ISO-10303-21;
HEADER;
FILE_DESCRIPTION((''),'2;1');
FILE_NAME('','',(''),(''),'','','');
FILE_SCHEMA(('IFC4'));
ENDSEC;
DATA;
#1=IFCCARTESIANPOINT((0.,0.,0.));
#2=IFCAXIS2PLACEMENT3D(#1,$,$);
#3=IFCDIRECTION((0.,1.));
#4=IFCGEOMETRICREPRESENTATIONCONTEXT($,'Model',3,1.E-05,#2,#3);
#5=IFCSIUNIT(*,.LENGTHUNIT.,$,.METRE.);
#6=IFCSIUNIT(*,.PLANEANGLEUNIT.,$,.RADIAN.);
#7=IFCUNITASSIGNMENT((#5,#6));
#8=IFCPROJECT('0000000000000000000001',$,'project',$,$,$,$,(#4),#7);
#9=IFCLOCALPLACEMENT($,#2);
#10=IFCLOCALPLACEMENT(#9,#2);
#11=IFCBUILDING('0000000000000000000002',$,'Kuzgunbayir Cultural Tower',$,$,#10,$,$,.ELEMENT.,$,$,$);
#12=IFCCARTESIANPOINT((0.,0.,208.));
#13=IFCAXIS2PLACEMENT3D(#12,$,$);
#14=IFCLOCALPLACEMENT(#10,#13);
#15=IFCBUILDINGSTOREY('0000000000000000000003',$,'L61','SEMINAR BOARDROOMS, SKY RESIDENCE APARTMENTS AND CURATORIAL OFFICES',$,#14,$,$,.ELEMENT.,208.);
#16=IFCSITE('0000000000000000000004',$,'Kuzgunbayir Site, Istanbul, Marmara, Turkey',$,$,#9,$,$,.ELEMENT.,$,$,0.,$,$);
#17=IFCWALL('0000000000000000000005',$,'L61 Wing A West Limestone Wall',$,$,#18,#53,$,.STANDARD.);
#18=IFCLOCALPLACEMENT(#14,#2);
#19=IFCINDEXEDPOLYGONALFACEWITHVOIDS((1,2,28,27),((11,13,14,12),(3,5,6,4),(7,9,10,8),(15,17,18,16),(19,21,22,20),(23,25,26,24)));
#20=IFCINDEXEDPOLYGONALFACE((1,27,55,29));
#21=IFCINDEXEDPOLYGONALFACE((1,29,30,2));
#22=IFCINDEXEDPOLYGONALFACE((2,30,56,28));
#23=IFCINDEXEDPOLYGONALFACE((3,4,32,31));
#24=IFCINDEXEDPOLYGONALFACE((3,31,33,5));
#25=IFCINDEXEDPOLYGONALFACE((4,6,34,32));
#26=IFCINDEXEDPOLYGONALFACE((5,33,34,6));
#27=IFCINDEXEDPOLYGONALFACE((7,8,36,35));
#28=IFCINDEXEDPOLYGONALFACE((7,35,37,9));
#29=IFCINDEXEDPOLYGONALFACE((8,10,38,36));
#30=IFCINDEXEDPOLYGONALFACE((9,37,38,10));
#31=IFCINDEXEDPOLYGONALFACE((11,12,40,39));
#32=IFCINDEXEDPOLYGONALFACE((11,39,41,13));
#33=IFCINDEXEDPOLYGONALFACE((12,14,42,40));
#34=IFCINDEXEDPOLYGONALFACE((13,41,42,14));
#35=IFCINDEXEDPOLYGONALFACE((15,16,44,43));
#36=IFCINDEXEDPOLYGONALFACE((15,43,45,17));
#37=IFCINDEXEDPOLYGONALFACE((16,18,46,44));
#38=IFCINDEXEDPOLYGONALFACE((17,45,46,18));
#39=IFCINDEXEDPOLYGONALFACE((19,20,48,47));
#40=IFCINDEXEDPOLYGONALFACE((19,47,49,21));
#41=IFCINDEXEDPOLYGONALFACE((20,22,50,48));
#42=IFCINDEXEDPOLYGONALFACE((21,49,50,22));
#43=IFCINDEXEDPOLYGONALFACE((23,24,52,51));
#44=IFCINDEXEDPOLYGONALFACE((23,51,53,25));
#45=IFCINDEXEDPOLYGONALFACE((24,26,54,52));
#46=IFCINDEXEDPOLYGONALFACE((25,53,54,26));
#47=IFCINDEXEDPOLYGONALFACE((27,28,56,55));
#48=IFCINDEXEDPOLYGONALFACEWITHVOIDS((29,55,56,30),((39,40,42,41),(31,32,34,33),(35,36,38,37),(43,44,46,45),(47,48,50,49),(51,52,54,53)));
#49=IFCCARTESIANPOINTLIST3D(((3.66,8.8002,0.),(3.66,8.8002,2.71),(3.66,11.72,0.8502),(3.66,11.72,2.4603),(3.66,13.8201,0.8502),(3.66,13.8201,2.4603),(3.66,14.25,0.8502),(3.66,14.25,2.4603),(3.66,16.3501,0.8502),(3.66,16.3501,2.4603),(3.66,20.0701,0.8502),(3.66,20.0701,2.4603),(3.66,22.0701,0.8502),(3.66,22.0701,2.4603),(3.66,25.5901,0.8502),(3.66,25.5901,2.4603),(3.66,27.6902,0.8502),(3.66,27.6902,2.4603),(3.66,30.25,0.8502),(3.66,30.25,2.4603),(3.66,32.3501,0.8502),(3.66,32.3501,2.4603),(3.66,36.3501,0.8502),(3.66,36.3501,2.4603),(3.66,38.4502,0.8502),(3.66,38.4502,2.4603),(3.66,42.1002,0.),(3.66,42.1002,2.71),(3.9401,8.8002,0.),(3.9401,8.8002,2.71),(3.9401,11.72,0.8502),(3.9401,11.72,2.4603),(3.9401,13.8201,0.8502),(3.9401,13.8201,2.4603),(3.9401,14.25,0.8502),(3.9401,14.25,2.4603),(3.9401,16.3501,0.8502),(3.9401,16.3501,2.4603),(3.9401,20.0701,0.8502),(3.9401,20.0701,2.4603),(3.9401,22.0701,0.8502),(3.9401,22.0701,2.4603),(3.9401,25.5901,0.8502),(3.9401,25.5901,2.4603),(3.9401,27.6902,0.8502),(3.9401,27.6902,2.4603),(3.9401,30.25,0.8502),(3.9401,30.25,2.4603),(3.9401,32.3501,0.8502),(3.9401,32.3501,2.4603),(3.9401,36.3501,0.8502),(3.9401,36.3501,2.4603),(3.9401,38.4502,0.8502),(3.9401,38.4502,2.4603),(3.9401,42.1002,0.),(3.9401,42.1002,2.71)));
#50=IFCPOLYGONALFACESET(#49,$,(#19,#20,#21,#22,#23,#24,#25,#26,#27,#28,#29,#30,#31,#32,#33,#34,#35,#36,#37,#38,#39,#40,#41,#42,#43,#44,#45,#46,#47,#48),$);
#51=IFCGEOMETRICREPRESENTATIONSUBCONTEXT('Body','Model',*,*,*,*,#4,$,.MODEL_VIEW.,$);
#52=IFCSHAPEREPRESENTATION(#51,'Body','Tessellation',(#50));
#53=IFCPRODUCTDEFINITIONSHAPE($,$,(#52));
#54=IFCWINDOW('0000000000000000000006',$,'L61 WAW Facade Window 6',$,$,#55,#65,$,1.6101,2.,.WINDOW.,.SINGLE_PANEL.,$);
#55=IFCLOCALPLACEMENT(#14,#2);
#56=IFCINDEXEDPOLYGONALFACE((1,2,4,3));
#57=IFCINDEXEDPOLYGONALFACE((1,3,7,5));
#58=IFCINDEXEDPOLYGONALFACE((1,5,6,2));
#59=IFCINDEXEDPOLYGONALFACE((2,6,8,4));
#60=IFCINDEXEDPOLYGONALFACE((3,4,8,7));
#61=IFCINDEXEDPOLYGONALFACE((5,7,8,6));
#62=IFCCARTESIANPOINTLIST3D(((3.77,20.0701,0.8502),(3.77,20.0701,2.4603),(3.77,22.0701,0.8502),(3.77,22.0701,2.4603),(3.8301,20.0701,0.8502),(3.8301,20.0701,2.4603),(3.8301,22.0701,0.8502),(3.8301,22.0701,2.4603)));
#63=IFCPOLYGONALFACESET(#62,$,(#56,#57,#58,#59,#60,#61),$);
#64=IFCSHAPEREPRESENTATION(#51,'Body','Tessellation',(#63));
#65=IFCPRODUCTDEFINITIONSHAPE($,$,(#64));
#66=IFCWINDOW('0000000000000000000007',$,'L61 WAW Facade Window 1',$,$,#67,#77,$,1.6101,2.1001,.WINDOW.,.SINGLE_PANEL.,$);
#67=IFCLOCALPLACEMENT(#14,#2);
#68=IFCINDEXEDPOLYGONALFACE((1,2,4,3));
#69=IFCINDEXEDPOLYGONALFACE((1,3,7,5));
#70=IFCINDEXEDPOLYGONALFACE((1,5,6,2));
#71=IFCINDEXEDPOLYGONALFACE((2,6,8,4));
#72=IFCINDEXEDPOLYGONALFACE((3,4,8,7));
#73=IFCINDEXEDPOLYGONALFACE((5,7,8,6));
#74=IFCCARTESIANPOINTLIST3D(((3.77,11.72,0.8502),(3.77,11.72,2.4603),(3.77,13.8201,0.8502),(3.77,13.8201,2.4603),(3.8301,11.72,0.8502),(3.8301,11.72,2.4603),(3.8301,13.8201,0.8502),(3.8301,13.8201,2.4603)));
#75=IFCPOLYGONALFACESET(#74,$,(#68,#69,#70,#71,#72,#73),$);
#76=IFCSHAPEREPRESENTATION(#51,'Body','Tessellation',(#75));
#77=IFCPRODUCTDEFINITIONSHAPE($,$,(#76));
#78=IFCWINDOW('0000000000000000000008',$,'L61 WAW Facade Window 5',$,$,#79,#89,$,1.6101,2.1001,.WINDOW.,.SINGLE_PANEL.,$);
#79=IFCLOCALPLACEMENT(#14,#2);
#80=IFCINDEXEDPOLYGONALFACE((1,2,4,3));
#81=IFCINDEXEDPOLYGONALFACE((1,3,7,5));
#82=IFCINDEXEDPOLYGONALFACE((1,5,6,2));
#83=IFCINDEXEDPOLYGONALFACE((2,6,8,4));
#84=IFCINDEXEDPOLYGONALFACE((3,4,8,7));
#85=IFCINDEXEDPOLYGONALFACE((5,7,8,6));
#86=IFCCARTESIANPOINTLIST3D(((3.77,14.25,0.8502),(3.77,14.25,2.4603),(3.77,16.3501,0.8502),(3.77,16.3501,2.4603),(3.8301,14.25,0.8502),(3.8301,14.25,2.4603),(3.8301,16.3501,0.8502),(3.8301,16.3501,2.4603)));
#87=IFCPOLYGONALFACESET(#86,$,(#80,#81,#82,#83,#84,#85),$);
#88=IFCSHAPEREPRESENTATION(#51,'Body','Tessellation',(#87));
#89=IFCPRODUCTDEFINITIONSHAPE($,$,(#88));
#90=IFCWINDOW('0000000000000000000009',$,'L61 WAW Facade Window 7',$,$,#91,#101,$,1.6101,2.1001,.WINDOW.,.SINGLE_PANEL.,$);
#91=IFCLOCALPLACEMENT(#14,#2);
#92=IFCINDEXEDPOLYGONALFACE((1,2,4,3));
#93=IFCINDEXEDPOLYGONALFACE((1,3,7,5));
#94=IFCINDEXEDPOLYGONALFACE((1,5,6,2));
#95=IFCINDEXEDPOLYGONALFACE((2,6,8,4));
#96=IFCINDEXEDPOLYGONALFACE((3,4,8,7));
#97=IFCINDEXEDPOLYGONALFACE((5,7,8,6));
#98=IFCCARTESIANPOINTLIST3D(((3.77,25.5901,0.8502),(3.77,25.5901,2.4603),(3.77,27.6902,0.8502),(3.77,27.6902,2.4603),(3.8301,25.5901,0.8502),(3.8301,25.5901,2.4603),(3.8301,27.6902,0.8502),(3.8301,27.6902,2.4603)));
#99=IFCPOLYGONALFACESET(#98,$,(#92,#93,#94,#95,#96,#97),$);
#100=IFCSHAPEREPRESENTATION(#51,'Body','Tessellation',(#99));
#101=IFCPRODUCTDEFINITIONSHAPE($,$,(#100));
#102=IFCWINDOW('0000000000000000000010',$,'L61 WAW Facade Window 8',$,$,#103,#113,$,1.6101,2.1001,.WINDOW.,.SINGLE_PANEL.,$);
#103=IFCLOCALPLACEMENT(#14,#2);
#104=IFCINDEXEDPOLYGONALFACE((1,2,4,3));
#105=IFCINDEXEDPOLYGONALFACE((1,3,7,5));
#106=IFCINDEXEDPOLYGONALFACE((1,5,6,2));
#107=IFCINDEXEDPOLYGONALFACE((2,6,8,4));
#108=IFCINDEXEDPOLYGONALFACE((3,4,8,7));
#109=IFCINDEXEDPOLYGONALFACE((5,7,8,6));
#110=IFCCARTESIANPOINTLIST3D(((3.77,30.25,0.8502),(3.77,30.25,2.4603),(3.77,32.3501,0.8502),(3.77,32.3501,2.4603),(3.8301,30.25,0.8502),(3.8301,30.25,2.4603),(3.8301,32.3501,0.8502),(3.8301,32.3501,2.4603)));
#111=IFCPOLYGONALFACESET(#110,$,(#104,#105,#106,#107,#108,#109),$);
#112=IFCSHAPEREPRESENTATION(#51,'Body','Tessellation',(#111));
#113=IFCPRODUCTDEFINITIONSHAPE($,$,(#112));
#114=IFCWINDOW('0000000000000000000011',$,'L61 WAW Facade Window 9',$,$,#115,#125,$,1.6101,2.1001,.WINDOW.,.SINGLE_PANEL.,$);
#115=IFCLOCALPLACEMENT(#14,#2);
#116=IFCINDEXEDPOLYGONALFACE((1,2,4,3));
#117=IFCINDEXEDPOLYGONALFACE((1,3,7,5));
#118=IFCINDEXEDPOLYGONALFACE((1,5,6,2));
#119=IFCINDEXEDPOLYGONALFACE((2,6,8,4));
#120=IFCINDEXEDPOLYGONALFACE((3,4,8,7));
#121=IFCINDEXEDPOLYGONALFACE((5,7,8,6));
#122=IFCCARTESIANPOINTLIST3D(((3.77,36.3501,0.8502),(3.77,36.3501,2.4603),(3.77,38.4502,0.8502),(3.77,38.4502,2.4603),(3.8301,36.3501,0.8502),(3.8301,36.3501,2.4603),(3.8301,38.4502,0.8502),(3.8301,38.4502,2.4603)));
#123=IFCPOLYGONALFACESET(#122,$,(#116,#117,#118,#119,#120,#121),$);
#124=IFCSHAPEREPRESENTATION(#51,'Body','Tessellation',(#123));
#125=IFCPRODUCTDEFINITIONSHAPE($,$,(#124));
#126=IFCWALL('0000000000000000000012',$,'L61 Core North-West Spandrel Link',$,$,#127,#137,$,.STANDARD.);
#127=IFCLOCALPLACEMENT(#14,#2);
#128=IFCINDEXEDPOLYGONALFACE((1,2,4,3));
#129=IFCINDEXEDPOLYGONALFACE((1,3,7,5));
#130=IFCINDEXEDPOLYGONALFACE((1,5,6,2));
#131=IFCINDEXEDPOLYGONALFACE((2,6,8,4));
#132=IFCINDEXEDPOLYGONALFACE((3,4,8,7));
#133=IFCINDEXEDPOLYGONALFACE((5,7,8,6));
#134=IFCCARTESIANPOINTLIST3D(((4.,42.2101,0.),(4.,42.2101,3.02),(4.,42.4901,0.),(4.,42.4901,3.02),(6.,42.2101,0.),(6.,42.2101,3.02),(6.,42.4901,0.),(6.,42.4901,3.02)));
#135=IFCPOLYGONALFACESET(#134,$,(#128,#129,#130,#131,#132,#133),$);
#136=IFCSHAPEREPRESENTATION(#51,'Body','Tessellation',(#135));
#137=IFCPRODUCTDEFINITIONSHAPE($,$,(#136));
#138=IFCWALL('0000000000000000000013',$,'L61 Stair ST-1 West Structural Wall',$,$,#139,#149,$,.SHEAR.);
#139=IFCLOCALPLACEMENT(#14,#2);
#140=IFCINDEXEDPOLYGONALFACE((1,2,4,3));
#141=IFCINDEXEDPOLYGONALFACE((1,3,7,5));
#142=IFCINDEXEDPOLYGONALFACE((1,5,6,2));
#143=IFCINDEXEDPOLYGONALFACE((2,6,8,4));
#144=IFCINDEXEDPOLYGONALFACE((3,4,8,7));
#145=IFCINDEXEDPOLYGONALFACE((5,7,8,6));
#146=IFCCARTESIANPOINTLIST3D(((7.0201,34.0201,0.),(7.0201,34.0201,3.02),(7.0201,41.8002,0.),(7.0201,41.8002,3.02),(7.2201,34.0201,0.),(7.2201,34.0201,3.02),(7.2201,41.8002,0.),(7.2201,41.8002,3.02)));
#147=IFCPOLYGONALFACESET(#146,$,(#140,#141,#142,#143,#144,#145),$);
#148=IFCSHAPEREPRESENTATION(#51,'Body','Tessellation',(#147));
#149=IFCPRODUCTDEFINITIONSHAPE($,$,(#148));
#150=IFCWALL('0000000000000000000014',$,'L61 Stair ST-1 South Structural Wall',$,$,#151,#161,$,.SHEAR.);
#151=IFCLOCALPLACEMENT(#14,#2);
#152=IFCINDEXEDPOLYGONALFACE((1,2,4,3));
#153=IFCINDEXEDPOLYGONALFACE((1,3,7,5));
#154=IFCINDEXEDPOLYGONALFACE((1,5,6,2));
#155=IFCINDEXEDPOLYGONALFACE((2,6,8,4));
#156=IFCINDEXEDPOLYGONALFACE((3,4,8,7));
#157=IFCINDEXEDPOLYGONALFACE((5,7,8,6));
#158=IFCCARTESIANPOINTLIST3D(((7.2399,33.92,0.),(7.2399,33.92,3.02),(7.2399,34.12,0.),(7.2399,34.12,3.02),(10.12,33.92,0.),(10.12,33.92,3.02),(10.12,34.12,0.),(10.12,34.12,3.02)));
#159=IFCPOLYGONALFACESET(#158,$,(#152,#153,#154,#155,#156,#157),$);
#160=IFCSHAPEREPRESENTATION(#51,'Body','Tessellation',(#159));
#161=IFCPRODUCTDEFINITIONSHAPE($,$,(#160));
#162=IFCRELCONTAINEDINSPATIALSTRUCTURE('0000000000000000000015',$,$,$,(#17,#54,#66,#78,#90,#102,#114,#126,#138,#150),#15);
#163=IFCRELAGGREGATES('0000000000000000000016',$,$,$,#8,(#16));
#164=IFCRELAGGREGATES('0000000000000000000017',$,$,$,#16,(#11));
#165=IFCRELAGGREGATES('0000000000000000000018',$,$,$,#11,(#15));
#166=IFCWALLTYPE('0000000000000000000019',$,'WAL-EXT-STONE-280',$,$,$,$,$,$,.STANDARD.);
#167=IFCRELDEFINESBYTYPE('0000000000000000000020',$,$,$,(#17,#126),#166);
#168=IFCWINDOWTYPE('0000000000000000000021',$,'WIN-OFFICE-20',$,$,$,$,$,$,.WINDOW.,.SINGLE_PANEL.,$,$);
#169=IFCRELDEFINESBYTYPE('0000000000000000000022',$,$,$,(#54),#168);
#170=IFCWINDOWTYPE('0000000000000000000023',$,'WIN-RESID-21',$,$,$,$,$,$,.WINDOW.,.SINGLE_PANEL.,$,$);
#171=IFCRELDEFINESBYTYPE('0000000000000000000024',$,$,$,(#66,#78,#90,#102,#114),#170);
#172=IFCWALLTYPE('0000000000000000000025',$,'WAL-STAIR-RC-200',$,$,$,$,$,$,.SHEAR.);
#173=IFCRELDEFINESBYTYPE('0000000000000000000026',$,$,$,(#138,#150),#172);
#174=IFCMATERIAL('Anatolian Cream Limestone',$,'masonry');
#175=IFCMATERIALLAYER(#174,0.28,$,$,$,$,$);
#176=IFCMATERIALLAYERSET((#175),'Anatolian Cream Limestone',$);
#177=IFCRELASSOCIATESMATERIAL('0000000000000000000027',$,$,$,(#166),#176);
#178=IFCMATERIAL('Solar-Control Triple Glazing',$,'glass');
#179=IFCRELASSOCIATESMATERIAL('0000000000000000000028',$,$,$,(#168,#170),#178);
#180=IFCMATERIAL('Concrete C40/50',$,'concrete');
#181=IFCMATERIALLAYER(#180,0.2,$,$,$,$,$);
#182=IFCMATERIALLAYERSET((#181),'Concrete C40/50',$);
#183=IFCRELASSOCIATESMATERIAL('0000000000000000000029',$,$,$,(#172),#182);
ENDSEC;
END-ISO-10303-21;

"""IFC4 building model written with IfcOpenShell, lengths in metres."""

from ifc_helpers import new_model, si_unit, direction, frame, frame_2d, origin, place, context, subcontext, project, spatial, rectangle, extrude, material, layer, layer_set, type_object, element, fill, save


model = new_model("IFC4")

# Units and contexts
model_context = context("Model", 3, precision=1e-05, world=origin(), true_north=direction((0.0, 1.0)))
body_context = subcontext(model_context, "Body", "Model", "MODEL_VIEW")
ifc_project = project(units=[si_unit("LENGTHUNIT", "METRE"), si_unit("PLANEANGLEUNIT", "RADIAN")], contexts=[model_context])

# Site, building, storey
site_placement = place(None, origin())
site = spatial("IfcSite", under=ifc_project, at=site_placement, Name="Kuzgunbayir Site, Istanbul, Marmara, Turkey", CompositionType="ELEMENT", RefElevation=0.0)
building_placement = place(site_placement, origin())
building = spatial("IfcBuilding", under=site, at=building_placement, Name="Kuzgunbayir Cultural Tower", CompositionType="ELEMENT")
storey_placement = place(building_placement, frame((0.0, 0.0, 208.0)))
storey = spatial("IfcBuildingStorey", under=building, at=storey_placement, Name="L61", Description="SEMINAR BOARDROOMS, SKY RESIDENCE APARTMENTS AND CURATORIAL OFFICES", CompositionType="ELEMENT", Elevation=208.0)

# Wall, openings, windows
ifc_material_1 = material(Name="Anatolian Cream Limestone", Category="masonry")
ifc_layer_1 = layer(ifc_material_1, 0.28)
ifc_layer_set_1 = layer_set([ifc_layer_1], Name="Anatolian Cream Limestone")
wall_type_1 = type_object("IfcWallType", Name="WAL-EXT-STONE-280", PredefinedType="STANDARD", material=ifc_layer_set_1)
wall_1_placement = place(storey_placement, frame((3.8, 42.1001, 0.0), z_axis=(0.0, 0.0, 1.0), x_axis=(0.0, -1.0, 0.0)))
wall_1 = element("IfcWall", 1, at=wall_1_placement, inside=storey, type_object=wall_type_1, Name="L61 Wing A West Limestone Wall", PredefinedType="STANDARD", context=body_context, shape_type="SweptSolid", body=[
    extrude(rectangle(XDim=33.3, YDim=0.28, at=frame_2d((16.6499, 0.0))), origin(), (0.0, 0.0, 1.0), 2.71),
])
opening_1_placement = place(wall_1_placement, frame((28.28, 0.0, 0.8501)))
opening_1 = element("IfcOpeningElement", 2, at=opening_1_placement, cuts=wall_1, PredefinedType="OPENING", context=body_context, shape_type="SweptSolid", body=[
    extrude(rectangle(XDim=2.1001, YDim=1.6101, at=frame_2d((1.05, 0.8052))), frame((0.0, 0.1499, 0.0), z_axis=(0.0, -1.0, 0.0), x_axis=(1.0, 0.0, 0.0)), (0.0, 0.0, 1.0), 0.3),
])
opening_2_placement = place(wall_1_placement, frame((25.75, 0.0, 0.8501)))
opening_2 = element("IfcOpeningElement", 3, at=opening_2_placement, cuts=wall_1, PredefinedType="OPENING", context=body_context, shape_type="SweptSolid", body=[
    extrude(rectangle(XDim=2.1001, YDim=1.6101, at=frame_2d((1.05, 0.8052))), frame((0.0, 0.1499, 0.0), z_axis=(0.0, -1.0, 0.0), x_axis=(1.0, 0.0, 0.0)), (0.0, 0.0, 1.0), 0.3),
])
opening_3_placement = place(wall_1_placement, frame((20.03, 0.0, 0.8501)))
opening_3 = element("IfcOpeningElement", 4, at=opening_3_placement, cuts=wall_1, PredefinedType="OPENING", context=body_context, shape_type="SweptSolid", body=[
    extrude(rectangle(XDim=2.0, YDim=1.6101, at=frame_2d((1.0, 0.8052))), frame((0.0, 0.1499, 0.0), z_axis=(0.0, -1.0, 0.0), x_axis=(1.0, 0.0, 0.0)), (0.0, 0.0, 1.0), 0.3),
])
opening_4_placement = place(wall_1_placement, frame((14.4099, 0.0, 0.8501)))
opening_4 = element("IfcOpeningElement", 5, at=opening_4_placement, cuts=wall_1, PredefinedType="OPENING", context=body_context, shape_type="SweptSolid", body=[
    extrude(rectangle(XDim=2.1001, YDim=1.6101, at=frame_2d((1.05, 0.8052))), frame((0.0, 0.1499, 0.0), z_axis=(0.0, -1.0, 0.0), x_axis=(1.0, 0.0, 0.0)), (0.0, 0.0, 1.0), 0.3),
])
opening_5_placement = place(wall_1_placement, frame((9.75, 0.0, 0.8501)))
opening_5 = element("IfcOpeningElement", 6, at=opening_5_placement, cuts=wall_1, PredefinedType="OPENING", context=body_context, shape_type="SweptSolid", body=[
    extrude(rectangle(XDim=2.1001, YDim=1.6101, at=frame_2d((1.05, 0.8052))), frame((0.0, 0.1499, 0.0), z_axis=(0.0, -1.0, 0.0), x_axis=(1.0, 0.0, 0.0)), (0.0, 0.0, 1.0), 0.3),
])
opening_6_placement = place(wall_1_placement, frame((3.6499, 0.0, 0.8501)))
opening_6 = element("IfcOpeningElement", 7, at=opening_6_placement, cuts=wall_1, PredefinedType="OPENING", context=body_context, shape_type="SweptSolid", body=[
    extrude(rectangle(XDim=2.1001, YDim=1.6101, at=frame_2d((1.05, 0.8052))), frame((0.0, 0.1499, 0.0), z_axis=(0.0, -1.0, 0.0), x_axis=(1.0, 0.0, 0.0)), (0.0, 0.0, 1.0), 0.3),
])
ifc_material_2 = material(Name="Solar-Control Triple Glazing", Category="glass")
window_type_1 = type_object("IfcWindowType", Name="WIN-OFFICE-20", PartitioningType="SINGLE_PANEL", PredefinedType="WINDOW", material=ifc_material_2)
window_1_placement = place(opening_3_placement, origin())
window_1 = element("IfcWindow", 8, at=window_1_placement, inside=storey, type_object=window_type_1, Name="L61 WAW Facade Window 6", OverallHeight=1.6101, OverallWidth=2.0, PartitioningType="SINGLE_PANEL", PredefinedType="WINDOW", context=body_context, shape_type="SweptSolid", body=[
    extrude(rectangle(XDim=2.0, YDim=1.6101, at=frame_2d((1.0, 0.8052))), frame((0.0, 0.03, 0.0), z_axis=(0.0, -1.0, 0.0), x_axis=(1.0, 0.0, 0.0)), (0.0, 0.0, 1.0), 0.0601),
])
fill(opening_3, window_1)
window_type_2 = type_object("IfcWindowType", Name="WIN-RESID-21", PartitioningType="SINGLE_PANEL", PredefinedType="WINDOW", material=ifc_material_2)
window_2_placement = place(opening_1_placement, origin())
window_2 = element("IfcWindow", 9, at=window_2_placement, inside=storey, type_object=window_type_2, Name="L61 WAW Facade Window 1", OverallHeight=1.6101, OverallWidth=2.1001, PartitioningType="SINGLE_PANEL", PredefinedType="WINDOW", context=body_context, shape_type="SweptSolid", body=[
    extrude(rectangle(XDim=2.1001, YDim=1.6101, at=frame_2d((1.05, 0.8052))), frame((0.0, 0.03, 0.0), z_axis=(0.0, -1.0, 0.0), x_axis=(1.0, 0.0, 0.0)), (0.0, 0.0, 1.0), 0.0601),
])
fill(opening_1, window_2)
window_3_placement = place(opening_2_placement, origin())
window_3 = element("IfcWindow", 10, at=window_3_placement, inside=storey, type_object=window_type_2, Name="L61 WAW Facade Window 5", OverallHeight=1.6101, OverallWidth=2.1001, PartitioningType="SINGLE_PANEL", PredefinedType="WINDOW", context=body_context, shape_type="SweptSolid", body=[
    extrude(rectangle(XDim=2.1001, YDim=1.6101, at=frame_2d((1.05, 0.8052))), frame((0.0, 0.03, 0.0), z_axis=(0.0, -1.0, 0.0), x_axis=(1.0, 0.0, 0.0)), (0.0, 0.0, 1.0), 0.0601),
])
fill(opening_2, window_3)
window_4_placement = place(opening_4_placement, origin())
window_4 = element("IfcWindow", 11, at=window_4_placement, inside=storey, type_object=window_type_2, Name="L61 WAW Facade Window 7", OverallHeight=1.6101, OverallWidth=2.1001, PartitioningType="SINGLE_PANEL", PredefinedType="WINDOW", context=body_context, shape_type="SweptSolid", body=[
    extrude(rectangle(XDim=2.1001, YDim=1.6101, at=frame_2d((1.05, 0.8052))), frame((0.0, 0.03, 0.0), z_axis=(0.0, -1.0, 0.0), x_axis=(1.0, 0.0, 0.0)), (0.0, 0.0, 1.0), 0.0601),
])
fill(opening_4, window_4)
window_5_placement = place(opening_5_placement, origin())
window_5 = element("IfcWindow", 12, at=window_5_placement, inside=storey, type_object=window_type_2, Name="L61 WAW Facade Window 8", OverallHeight=1.6101, OverallWidth=2.1001, PartitioningType="SINGLE_PANEL", PredefinedType="WINDOW", context=body_context, shape_type="SweptSolid", body=[
    extrude(rectangle(XDim=2.1001, YDim=1.6101, at=frame_2d((1.05, 0.8052))), frame((0.0, 0.03, 0.0), z_axis=(0.0, -1.0, 0.0), x_axis=(1.0, 0.0, 0.0)), (0.0, 0.0, 1.0), 0.0601),
])
fill(opening_5, window_5)
window_6_placement = place(opening_6_placement, origin())
window_6 = element("IfcWindow", 13, at=window_6_placement, inside=storey, type_object=window_type_2, Name="L61 WAW Facade Window 9", OverallHeight=1.6101, OverallWidth=2.1001, PartitioningType="SINGLE_PANEL", PredefinedType="WINDOW", context=body_context, shape_type="SweptSolid", body=[
    extrude(rectangle(XDim=2.1001, YDim=1.6101, at=frame_2d((1.05, 0.8052))), frame((0.0, 0.03, 0.0), z_axis=(0.0, -1.0, 0.0), x_axis=(1.0, 0.0, 0.0)), (0.0, 0.0, 1.0), 0.0601),
])
fill(opening_6, window_6)

# Walls
wall_2_placement = place(storey_placement, frame((6.0, 42.3501, 0.0), z_axis=(0.0, 0.0, 1.0), x_axis=(-1.0, 0.0, 0.0)))
element("IfcWall", 14, at=wall_2_placement, inside=storey, type_object=wall_type_1, Name="L61 Core North-West Spandrel Link", PredefinedType="STANDARD", context=body_context, shape_type="SweptSolid", body=[
    extrude(rectangle(XDim=2.0, YDim=0.28, at=frame_2d((1.0, 0.0))), origin(), (0.0, 0.0, 1.0), 3.02),
])
ifc_material_3 = material(Name="Concrete C40/50", Category="concrete")
ifc_layer_2 = layer(ifc_material_3, 0.2)
ifc_layer_set_2 = layer_set([ifc_layer_2], Name="Concrete C40/50")
wall_type_2 = type_object("IfcWallType", Name="WAL-STAIR-RC-200", PredefinedType="SHEAR", material=ifc_layer_set_2)
wall_3_placement = place(storey_placement, frame((7.1201, 34.02, 0.0), z_axis=(0.0, 0.0, 1.0), x_axis=(0.0, 1.0, 0.0)))
element("IfcWall", 15, at=wall_3_placement, inside=storey, type_object=wall_type_2, Name="L61 Stair ST-1 West Structural Wall", PredefinedType="SHEAR", context=body_context, shape_type="SweptSolid", body=[
    extrude(rectangle(XDim=7.78, YDim=0.2, at=frame_2d((3.8901, 0.0))), origin(), (0.0, 0.0, 1.0), 3.02),
])
wall_4_placement = place(storey_placement, frame((7.24, 34.02, 0.0), z_axis=(0.0, 0.0, 1.0), x_axis=(1.0, 0.0, 0.0)))
element("IfcWall", 16, at=wall_4_placement, inside=storey, type_object=wall_type_2, Name="L61 Stair ST-1 South Structural Wall", PredefinedType="SHEAR", context=body_context, shape_type="SweptSolid", body=[
    extrude(rectangle(XDim=2.8801, YDim=0.2, at=frame_2d((1.4399, 0.0))), origin(), (0.0, 0.0, 1.0), 3.02),
])

save(model, "model.ifc")
